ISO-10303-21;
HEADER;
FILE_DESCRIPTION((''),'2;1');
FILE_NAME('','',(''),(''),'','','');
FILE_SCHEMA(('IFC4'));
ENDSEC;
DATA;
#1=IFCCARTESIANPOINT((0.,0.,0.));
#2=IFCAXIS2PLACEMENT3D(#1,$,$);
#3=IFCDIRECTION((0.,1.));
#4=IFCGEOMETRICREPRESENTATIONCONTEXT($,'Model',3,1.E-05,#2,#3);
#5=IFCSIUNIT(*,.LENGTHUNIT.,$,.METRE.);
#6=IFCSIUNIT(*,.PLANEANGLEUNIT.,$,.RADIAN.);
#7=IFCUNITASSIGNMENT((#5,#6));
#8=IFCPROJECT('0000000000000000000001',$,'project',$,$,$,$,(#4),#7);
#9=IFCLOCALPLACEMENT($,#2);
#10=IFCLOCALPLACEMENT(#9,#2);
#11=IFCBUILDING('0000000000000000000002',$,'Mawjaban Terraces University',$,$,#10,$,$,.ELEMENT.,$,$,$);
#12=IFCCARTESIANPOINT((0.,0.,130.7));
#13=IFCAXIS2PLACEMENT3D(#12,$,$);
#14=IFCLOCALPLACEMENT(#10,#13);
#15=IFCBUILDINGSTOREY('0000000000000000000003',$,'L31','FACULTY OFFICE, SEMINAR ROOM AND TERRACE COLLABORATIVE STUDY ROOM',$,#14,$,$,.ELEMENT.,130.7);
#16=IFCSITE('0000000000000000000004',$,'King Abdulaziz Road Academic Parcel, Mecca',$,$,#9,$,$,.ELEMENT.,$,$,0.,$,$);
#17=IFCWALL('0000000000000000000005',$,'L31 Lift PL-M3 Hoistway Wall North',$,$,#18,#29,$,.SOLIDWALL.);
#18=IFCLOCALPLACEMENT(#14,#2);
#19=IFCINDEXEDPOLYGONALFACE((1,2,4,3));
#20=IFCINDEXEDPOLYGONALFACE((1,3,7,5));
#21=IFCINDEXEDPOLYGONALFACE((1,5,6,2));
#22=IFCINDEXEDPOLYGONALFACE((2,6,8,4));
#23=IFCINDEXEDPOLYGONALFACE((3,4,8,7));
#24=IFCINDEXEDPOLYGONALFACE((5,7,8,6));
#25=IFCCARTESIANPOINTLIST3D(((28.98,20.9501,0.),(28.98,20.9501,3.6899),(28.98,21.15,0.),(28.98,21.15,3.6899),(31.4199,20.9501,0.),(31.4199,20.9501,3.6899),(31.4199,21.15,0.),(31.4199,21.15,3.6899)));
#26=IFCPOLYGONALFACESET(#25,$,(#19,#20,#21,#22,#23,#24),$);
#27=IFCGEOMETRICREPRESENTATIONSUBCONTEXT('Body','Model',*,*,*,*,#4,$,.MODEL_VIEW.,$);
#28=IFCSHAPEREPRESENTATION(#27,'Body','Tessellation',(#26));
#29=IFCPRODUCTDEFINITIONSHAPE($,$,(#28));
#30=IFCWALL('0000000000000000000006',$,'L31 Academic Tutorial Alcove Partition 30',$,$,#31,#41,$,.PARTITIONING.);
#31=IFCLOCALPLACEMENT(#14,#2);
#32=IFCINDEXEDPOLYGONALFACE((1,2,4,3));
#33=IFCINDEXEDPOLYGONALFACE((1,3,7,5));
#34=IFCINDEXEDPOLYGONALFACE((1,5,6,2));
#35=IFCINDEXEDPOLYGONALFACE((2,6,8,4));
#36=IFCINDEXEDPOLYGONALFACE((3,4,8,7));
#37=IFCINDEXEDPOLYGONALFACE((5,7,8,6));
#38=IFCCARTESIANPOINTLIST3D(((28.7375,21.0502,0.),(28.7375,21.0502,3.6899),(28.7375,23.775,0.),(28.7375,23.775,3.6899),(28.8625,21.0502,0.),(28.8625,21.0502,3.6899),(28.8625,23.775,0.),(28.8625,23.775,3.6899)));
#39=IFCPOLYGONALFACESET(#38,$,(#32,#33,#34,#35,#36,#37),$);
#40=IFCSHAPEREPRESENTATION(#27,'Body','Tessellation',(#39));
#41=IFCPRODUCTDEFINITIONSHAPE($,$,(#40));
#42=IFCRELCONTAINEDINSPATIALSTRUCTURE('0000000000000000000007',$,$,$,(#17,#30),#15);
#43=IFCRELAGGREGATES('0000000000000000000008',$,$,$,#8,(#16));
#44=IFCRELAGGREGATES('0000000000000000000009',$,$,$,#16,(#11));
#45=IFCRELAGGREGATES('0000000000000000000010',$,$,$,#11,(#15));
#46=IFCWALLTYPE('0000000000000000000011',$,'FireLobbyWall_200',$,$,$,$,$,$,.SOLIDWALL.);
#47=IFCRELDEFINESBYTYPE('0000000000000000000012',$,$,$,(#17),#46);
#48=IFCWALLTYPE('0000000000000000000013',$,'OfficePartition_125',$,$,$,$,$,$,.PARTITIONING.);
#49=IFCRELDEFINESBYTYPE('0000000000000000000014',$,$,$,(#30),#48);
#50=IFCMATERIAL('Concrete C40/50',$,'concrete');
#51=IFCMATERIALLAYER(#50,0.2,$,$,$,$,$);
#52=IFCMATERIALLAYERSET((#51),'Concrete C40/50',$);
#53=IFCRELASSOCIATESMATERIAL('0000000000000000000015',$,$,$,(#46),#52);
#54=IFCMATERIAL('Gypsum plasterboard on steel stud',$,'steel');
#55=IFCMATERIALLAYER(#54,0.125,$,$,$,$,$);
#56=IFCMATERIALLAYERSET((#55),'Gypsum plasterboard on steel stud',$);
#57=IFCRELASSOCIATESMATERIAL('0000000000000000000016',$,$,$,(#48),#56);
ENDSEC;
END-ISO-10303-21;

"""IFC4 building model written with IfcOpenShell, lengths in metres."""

from ifc_helpers import new_model, si_unit, direction, frame, frame_2d, origin, place, context, subcontext, project, spatial, rectangle, extrude, material, layer, layer_set, type_object, element, save


model = new_model("IFC4")

# Units and contexts
model_context = context("Model", 3, precision=1e-05, world=origin(), true_north=direction((0.0, 1.0)))
body_context = subcontext(model_context, "Body", "Model", "MODEL_VIEW")
ifc_project = project(units=[si_unit("LENGTHUNIT", "METRE"), si_unit("PLANEANGLEUNIT", "RADIAN")], contexts=[model_context])

# Site, building, storey
site_placement = place(None, origin())
site = spatial("IfcSite", under=ifc_project, at=site_placement, Name="King Abdulaziz Road Academic Parcel, Mecca", CompositionType="ELEMENT", RefElevation=0.0)
building_placement = place(site_placement, origin())
building = spatial("IfcBuilding", under=site, at=building_placement, Name="Mawjaban Terraces University", CompositionType="ELEMENT")
storey_placement = place(building_placement, frame((0.0, 0.0, 130.7)))
storey = spatial("IfcBuildingStorey", under=building, at=storey_placement, Name="L31", Description="FACULTY OFFICE, SEMINAR ROOM AND TERRACE COLLABORATIVE STUDY ROOM", CompositionType="ELEMENT", Elevation=130.7)

# Walls
ifc_material_1 = material(Name="Concrete C40/50", Category="concrete")
ifc_layer_1 = layer(ifc_material_1, 0.2)
ifc_layer_set_1 = layer_set([ifc_layer_1], Name="Concrete C40/50")
wall_type_1 = type_object("IfcWallType", Name="FireLobbyWall_200", PredefinedType="SOLIDWALL", material=ifc_layer_set_1)
wall_1_placement = place(storey_placement, frame((31.4199, 21.05, 0.0), z_axis=(0.0, 0.0, 1.0), x_axis=(-1.0, 0.0, 0.0)))
element("IfcWall", 1, at=wall_1_placement, inside=storey, type_object=wall_type_1, Name="L31 Lift PL-M3 Hoistway Wall North", PredefinedType="SOLIDWALL", context=body_context, shape_type="SweptSolid", body=[
    extrude(rectangle(XDim=2.4399, YDim=0.2, at=frame_2d((1.22, 0.0))), origin(), (0.0, 0.0, 1.0), 3.6899),
])
ifc_material_2 = material(Name="Gypsum plasterboard on steel stud", Category="steel")
ifc_layer_2 = layer(ifc_material_2, 0.125)
ifc_layer_set_2 = layer_set([ifc_layer_2], Name="Gypsum plasterboard on steel stud")
wall_type_2 = type_object("IfcWallType", Name="OfficePartition_125", PredefinedType="PARTITIONING", material=ifc_layer_set_2)
wall_2_placement = place(storey_placement, frame((28.8, 23.7749, 0.0), z_axis=(0.0, 0.0, 1.0), x_axis=(0.0, -1.0, 0.0)))
element("IfcWall", 2, at=wall_2_placement, inside=storey, type_object=wall_type_2, Name="L31 Academic Tutorial Alcove Partition 30", PredefinedType="PARTITIONING", context=body_context, shape_type="SweptSolid", body=[
    extrude(rectangle(XDim=2.7249, YDim=0.125, at=frame_2d((1.3623, 0.0))), origin(), (0.0, 0.0, 1.0), 3.6899),
])

save(model, "model.ifc")
